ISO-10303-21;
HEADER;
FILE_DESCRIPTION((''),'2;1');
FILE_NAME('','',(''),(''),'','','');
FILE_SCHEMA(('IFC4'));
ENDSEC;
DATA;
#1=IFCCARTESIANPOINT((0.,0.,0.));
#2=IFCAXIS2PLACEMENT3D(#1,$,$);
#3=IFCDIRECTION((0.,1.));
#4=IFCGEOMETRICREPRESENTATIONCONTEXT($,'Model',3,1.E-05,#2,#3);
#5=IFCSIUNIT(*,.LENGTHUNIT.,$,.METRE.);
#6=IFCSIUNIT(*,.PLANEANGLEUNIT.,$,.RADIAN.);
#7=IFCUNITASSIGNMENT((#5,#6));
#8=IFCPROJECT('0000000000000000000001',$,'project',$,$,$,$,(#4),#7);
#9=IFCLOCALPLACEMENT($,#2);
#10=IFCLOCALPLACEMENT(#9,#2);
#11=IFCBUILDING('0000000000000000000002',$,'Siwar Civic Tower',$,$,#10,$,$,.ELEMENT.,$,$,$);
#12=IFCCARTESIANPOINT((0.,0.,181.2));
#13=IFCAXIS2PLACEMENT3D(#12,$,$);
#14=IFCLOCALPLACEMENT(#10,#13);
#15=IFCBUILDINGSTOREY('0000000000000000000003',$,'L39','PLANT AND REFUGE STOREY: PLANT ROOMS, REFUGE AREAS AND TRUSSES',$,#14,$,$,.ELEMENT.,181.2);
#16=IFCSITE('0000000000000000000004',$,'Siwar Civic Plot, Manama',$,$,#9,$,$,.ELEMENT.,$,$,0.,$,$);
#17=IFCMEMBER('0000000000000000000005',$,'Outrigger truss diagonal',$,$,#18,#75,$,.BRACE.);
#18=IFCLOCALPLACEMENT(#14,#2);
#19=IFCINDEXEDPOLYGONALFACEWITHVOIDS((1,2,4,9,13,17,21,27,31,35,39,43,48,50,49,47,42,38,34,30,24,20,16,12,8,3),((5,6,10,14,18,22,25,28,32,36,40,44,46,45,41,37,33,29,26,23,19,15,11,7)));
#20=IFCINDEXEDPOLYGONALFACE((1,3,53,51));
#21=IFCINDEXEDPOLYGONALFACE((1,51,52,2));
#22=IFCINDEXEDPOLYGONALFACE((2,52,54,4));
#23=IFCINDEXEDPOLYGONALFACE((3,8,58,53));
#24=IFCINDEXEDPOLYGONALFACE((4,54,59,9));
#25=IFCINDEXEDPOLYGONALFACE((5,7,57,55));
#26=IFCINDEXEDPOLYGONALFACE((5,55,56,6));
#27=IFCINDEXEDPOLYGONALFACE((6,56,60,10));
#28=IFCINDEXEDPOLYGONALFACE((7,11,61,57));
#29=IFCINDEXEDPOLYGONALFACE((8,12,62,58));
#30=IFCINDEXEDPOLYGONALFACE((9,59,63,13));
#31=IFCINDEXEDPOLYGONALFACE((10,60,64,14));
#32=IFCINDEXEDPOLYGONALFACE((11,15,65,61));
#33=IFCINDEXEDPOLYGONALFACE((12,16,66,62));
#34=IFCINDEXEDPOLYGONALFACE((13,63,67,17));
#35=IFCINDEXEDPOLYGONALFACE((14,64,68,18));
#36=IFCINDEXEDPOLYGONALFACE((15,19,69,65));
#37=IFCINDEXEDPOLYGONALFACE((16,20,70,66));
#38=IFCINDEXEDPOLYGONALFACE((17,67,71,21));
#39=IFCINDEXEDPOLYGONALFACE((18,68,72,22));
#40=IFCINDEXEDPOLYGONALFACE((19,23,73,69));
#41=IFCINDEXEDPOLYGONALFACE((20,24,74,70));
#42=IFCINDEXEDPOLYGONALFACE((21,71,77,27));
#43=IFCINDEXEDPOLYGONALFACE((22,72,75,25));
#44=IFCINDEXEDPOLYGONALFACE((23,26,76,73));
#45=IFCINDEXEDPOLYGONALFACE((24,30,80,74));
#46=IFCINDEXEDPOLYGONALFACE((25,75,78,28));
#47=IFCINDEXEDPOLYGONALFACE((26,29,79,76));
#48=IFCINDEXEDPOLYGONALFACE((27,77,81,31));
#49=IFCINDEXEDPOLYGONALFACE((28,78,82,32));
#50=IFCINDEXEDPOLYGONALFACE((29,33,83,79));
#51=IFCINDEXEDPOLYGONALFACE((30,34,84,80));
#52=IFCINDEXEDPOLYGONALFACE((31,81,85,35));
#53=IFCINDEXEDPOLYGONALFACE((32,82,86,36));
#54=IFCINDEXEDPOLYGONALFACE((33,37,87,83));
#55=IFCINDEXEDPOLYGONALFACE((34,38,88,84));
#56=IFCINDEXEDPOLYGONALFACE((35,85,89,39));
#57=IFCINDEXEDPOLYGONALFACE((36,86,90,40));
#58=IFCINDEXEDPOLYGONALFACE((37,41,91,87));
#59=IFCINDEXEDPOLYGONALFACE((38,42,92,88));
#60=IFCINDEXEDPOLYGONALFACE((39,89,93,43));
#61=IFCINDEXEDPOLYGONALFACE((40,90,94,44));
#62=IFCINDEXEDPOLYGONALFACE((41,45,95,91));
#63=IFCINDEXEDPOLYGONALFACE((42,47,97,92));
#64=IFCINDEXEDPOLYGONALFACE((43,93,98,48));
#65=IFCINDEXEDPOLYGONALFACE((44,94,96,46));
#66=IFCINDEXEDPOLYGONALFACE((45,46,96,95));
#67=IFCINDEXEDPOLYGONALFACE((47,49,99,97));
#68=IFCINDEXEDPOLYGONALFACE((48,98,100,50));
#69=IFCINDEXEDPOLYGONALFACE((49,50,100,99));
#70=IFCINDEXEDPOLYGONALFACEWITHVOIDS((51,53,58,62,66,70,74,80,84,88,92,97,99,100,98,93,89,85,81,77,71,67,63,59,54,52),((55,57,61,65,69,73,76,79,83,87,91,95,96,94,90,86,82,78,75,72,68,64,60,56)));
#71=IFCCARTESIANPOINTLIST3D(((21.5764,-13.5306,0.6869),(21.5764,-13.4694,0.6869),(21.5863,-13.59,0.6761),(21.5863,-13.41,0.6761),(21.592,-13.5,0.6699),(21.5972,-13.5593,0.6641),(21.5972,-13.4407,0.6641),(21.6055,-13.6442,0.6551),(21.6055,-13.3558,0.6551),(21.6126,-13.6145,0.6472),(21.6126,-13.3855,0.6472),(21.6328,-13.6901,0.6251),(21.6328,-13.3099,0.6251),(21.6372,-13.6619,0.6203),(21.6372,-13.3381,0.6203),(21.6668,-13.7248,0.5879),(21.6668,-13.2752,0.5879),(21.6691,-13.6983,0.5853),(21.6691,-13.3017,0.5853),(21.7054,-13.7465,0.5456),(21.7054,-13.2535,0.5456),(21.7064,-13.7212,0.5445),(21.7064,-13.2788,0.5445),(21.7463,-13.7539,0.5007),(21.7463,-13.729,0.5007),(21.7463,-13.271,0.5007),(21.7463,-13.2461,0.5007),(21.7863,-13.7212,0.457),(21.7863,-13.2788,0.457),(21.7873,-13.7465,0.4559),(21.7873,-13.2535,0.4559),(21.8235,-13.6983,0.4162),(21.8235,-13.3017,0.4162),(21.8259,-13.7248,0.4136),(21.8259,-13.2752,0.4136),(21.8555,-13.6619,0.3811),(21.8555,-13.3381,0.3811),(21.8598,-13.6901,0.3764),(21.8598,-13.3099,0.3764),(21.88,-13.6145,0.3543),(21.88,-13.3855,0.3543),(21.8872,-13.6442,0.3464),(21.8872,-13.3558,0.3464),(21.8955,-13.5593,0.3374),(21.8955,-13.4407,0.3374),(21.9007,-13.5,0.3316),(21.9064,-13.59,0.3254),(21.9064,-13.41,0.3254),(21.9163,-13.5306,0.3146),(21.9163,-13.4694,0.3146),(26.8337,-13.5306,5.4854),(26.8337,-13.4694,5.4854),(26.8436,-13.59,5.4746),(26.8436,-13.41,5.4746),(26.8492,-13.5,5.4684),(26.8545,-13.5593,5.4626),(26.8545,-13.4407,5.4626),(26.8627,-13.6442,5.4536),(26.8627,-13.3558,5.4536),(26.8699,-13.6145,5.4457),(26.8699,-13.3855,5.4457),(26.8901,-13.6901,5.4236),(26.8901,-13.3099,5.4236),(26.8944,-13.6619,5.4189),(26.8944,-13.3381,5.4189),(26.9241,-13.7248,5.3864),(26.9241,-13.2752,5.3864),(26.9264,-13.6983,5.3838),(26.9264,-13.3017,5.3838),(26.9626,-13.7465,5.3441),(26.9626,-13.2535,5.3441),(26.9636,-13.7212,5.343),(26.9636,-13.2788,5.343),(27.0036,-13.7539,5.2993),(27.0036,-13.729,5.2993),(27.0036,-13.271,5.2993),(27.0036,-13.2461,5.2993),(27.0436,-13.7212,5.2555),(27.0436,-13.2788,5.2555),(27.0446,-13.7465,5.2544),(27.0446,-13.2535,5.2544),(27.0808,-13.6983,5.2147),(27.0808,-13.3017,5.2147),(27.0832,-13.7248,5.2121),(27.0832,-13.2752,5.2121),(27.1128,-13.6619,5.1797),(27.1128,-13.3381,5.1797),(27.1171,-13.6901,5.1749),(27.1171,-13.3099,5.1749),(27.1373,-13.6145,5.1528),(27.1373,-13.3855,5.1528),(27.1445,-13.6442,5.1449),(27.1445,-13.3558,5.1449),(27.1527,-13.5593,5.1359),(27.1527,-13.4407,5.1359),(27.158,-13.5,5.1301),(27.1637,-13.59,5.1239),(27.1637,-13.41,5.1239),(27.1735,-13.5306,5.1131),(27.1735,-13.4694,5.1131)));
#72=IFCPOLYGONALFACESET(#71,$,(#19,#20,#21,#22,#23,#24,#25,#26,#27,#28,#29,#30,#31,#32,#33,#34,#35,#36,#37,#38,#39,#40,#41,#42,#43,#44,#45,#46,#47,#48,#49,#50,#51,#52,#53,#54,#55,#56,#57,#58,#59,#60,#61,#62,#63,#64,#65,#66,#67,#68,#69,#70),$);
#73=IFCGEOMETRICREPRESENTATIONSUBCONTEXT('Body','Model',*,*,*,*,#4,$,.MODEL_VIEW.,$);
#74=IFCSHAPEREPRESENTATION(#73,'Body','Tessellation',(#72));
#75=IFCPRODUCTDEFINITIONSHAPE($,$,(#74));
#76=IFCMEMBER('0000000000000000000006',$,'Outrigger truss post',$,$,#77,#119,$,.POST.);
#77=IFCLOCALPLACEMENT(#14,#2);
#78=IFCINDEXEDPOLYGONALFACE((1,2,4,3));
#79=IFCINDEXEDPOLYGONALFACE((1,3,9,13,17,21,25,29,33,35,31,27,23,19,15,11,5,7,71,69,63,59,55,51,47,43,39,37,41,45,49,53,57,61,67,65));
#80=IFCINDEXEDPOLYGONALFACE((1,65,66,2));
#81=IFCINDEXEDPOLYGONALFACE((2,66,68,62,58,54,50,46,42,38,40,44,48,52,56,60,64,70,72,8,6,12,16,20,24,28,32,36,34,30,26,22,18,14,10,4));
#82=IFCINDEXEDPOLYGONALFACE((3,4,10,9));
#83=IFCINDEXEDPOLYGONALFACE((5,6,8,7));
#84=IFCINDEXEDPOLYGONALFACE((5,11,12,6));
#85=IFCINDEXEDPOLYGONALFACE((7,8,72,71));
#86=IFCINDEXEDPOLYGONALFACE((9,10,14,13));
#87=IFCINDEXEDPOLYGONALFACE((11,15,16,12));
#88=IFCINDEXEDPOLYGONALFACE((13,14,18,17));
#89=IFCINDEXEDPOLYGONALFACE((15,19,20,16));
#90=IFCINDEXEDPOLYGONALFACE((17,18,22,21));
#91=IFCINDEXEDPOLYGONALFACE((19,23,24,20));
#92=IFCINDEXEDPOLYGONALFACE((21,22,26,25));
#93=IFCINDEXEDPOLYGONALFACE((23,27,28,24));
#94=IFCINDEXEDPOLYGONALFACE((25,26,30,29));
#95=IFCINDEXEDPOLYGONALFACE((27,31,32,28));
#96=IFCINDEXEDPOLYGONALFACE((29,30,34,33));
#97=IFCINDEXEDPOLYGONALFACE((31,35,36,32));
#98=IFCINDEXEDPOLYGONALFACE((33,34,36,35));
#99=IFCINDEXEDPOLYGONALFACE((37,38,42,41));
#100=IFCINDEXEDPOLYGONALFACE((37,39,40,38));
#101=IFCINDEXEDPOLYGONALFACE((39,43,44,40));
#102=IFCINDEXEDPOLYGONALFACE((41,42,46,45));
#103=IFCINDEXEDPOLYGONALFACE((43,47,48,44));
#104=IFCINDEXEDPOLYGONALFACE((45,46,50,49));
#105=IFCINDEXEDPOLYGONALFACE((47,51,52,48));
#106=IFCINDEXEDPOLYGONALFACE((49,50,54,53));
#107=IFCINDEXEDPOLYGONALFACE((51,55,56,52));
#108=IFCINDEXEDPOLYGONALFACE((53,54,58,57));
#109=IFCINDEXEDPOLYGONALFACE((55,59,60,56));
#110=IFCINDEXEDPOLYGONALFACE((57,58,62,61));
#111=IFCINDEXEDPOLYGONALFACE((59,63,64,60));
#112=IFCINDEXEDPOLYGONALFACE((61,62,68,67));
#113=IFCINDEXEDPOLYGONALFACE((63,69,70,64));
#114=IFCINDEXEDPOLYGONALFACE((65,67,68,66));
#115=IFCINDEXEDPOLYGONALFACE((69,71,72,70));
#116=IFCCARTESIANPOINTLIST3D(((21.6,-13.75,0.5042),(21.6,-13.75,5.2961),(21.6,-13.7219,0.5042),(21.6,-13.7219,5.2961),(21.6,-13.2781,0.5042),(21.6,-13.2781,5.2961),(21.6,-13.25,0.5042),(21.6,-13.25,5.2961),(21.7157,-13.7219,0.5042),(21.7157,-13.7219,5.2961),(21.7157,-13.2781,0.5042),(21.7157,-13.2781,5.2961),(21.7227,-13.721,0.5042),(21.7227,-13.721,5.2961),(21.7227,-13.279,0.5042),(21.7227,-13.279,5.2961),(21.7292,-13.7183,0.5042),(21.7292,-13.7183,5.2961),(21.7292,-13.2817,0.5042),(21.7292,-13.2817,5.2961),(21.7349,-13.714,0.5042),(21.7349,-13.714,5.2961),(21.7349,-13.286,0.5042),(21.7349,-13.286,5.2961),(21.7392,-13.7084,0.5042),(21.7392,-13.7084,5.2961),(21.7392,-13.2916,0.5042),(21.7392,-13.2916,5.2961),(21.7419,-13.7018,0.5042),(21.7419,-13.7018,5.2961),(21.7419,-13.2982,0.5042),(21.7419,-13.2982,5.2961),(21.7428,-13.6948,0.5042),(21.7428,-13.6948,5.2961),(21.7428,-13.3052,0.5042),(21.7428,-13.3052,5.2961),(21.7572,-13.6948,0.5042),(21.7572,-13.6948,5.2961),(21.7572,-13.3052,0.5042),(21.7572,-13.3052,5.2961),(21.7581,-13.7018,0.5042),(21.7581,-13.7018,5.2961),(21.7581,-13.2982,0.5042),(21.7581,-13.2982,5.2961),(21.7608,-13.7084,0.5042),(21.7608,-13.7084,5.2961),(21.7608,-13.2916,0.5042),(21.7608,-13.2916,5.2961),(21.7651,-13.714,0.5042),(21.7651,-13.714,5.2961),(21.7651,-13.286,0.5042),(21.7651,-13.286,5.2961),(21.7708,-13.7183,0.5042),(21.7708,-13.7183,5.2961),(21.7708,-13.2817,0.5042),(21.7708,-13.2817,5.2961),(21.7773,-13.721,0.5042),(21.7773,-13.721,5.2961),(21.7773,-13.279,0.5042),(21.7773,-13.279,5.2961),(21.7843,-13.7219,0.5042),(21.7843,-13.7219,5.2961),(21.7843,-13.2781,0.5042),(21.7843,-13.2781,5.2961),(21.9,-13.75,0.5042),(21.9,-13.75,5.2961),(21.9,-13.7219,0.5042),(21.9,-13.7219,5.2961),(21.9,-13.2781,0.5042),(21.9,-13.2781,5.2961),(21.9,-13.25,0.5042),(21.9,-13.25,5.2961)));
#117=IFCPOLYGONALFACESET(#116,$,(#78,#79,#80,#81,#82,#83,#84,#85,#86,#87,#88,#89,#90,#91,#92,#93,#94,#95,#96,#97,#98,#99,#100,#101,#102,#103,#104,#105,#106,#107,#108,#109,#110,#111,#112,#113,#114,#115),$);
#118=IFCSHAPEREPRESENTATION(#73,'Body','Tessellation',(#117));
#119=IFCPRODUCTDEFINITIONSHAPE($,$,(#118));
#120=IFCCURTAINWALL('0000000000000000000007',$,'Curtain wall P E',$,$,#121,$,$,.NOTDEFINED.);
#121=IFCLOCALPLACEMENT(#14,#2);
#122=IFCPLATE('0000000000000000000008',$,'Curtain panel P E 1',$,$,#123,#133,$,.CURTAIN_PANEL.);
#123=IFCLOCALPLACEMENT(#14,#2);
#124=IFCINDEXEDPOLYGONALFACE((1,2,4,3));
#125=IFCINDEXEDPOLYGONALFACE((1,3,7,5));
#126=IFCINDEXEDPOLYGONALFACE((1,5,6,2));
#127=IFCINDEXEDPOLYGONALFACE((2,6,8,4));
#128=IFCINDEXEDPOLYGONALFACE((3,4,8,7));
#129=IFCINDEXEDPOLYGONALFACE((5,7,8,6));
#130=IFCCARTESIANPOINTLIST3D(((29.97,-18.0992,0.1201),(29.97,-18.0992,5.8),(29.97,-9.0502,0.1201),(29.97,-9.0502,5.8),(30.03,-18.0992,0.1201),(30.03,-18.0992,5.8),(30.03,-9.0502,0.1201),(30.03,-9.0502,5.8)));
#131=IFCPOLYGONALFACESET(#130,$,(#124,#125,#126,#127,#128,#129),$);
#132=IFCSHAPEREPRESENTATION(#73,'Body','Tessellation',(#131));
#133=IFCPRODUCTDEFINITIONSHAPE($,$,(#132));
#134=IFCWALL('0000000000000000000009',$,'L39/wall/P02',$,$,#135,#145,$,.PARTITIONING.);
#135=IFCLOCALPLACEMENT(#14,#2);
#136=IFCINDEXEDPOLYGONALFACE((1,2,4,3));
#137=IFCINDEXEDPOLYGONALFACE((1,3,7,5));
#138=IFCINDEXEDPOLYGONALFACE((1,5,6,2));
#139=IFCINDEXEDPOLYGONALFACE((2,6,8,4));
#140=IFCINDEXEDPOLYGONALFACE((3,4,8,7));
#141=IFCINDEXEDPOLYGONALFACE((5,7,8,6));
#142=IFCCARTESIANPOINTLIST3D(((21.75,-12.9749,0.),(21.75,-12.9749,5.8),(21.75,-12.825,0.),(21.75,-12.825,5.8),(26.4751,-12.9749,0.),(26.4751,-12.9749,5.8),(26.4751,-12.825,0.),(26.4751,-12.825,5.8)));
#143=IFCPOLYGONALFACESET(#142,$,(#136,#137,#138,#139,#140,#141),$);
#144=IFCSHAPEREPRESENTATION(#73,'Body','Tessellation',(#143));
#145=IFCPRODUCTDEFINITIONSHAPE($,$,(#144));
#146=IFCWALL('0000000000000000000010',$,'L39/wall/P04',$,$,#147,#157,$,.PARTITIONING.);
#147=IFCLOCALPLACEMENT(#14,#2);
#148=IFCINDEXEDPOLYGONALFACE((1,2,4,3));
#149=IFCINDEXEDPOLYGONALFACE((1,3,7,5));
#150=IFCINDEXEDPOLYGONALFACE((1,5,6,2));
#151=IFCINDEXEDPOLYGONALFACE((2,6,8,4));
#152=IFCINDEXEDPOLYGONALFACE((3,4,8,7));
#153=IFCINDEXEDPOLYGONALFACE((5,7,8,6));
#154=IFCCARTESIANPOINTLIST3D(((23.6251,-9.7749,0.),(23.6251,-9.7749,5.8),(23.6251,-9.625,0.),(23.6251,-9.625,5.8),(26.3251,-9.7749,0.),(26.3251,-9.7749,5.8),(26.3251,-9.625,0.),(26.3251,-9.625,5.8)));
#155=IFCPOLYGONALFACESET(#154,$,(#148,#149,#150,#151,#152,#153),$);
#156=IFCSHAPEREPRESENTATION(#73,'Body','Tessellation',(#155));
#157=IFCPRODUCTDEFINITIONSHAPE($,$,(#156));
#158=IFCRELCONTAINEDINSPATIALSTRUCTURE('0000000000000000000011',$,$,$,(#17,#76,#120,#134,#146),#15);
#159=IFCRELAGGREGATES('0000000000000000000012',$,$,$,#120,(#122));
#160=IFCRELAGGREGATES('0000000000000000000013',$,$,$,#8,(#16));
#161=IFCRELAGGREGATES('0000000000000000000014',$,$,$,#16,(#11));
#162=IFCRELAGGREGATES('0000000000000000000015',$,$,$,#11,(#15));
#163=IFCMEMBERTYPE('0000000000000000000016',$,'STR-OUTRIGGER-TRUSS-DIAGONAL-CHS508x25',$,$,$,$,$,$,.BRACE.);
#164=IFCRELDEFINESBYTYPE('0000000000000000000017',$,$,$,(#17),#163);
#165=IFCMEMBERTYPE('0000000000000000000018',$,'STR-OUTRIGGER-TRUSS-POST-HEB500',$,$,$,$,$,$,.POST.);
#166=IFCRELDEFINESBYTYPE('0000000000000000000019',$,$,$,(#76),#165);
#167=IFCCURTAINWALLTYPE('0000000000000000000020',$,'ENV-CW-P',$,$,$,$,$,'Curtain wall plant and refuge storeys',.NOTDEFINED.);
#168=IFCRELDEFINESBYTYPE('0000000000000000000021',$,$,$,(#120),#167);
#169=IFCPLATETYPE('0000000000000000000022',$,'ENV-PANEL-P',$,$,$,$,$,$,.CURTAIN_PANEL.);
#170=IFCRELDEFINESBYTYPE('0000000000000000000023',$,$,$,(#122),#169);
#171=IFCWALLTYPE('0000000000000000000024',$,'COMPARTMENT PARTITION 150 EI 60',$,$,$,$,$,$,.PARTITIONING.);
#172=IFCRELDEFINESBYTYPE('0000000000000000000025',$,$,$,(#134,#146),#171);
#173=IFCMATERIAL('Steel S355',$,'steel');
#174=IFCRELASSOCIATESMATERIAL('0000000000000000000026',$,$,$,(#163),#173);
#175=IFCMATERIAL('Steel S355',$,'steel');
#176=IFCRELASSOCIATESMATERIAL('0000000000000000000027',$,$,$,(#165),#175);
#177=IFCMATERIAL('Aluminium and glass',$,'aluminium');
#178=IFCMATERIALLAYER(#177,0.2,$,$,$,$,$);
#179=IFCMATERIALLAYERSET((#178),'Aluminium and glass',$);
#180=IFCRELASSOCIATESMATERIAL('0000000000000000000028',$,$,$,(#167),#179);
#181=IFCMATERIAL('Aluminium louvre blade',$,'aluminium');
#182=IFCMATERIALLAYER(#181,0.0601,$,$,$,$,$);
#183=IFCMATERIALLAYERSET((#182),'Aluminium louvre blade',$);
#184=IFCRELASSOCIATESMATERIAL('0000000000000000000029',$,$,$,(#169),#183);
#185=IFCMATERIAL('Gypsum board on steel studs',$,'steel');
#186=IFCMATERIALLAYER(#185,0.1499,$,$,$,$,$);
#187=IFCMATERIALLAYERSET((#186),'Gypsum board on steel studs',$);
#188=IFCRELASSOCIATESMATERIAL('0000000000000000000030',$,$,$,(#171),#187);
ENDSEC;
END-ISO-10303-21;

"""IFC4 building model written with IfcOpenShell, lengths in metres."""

from ifc_helpers import new_model, si_unit, direction, frame, frame_2d, origin, origin_2d, place, context, subcontext, project, spatial, rectangle, hollow_circle, i_section, extrude, material, layer, layer_set, material_profile, profile_set, type_object, element, aggregate, save


model = new_model("IFC4")

# Units and contexts
model_context = context("Model", 3, precision=1e-05, world=origin(), true_north=direction((0.0, 1.0)))
body_context = subcontext(model_context, "Body", "Model", "MODEL_VIEW")
ifc_project = project(units=[si_unit("LENGTHUNIT", "METRE"), si_unit("PLANEANGLEUNIT", "RADIAN")], contexts=[model_context])

# Site, building, storey
site_placement = place(None, origin())
site = spatial("IfcSite", under=ifc_project, at=site_placement, Name="Siwar Civic Plot, Manama", CompositionType="ELEMENT", RefElevation=0.0)
building_placement = place(site_placement, origin())
building = spatial("IfcBuilding", under=site, at=building_placement, Name="Siwar Civic Tower", CompositionType="ELEMENT")
storey_placement = place(building_placement, frame((0.0, 0.0, 181.2)))
storey = spatial("IfcBuildingStorey", under=building, at=storey_placement, Name="L39", Description="PLANT AND REFUGE STOREY: PLANT ROOMS, REFUGE AREAS AND TRUSSES", CompositionType="ELEMENT", Elevation=181.2)

# Members
ifc_material_1 = material(Name="Steel S355", Category="steel")
ifc_material_profile_1 = material_profile(ifc_material_1, hollow_circle(Radius=0.2539, WallThickness=0.0249, at=origin_2d()), Name="CHS508x25")
ifc_profile_set_1 = profile_set([ifc_material_profile_1], Name="Steel S355")
member_type_1 = type_object("IfcMemberType", Name="STR-OUTRIGGER-TRUSS-DIAGONAL-CHS508x25", PredefinedType="BRACE", material=ifc_profile_set_1)
member_1_placement = place(storey_placement, frame((21.7463, -13.5, 0.5007), z_axis=(0.738596, 0.0, 0.674148), x_axis=(0.0, 1.0, 0.0)))
element("IfcMember", 1, at=member_1_placement, inside=storey, type_object=member_type_1, Name="Outrigger truss diagonal", PredefinedType="BRACE", context=body_context, shape_type="SweptSolid", body=[
    extrude(hollow_circle(Radius=0.2539, WallThickness=0.0249, at=origin_2d()), origin(), (0.0, 0.0, 1.0), 7.1179),
])
ifc_material_2 = material(Name="Steel S355", Category="steel")
ifc_material_profile_2 = material_profile(ifc_material_2, i_section(OverallWidth=0.3, OverallDepth=0.5, WebThickness=0.0144, FlangeThickness=0.0281, FilletRadius=0.0271, at=origin_2d()), Name="HEB500")
ifc_profile_set_2 = profile_set([ifc_material_profile_2], Name="Steel S355")
member_type_2 = type_object("IfcMemberType", Name="STR-OUTRIGGER-TRUSS-POST-HEB500", PredefinedType="POST", material=ifc_profile_set_2)
member_2_placement = place(storey_placement, frame((21.75, -13.5, 0.5042), z_axis=(0.0, 0.0, 1.0), x_axis=(1.0, 0.0, 0.0)))
element("IfcMember", 2, at=member_2_placement, inside=storey, type_object=member_type_2, Name="Outrigger truss post", PredefinedType="POST", context=body_context, shape_type="SweptSolid", body=[
    extrude(i_section(OverallWidth=0.3, OverallDepth=0.5, WebThickness=0.0144, FlangeThickness=0.0281, FilletRadius=0.0271, at=origin_2d()), origin(), (0.0, 0.0, 1.0), 4.792),
])

# Curtain wall, plate
ifc_material_3 = material(Name="Aluminium and glass", Category="aluminium")
ifc_layer_1 = layer(ifc_material_3, 0.2)
ifc_layer_set_1 = layer_set([ifc_layer_1], Name="Aluminium and glass")
curtain_wall_type = type_object("IfcCurtainWallType", Name="ENV-CW-P", ElementType="Curtain wall plant and refuge storeys", PredefinedType="NOTDEFINED", material=ifc_layer_set_1)
curtain_wall_placement = place(storey_placement, origin())
curtain_wall = element("IfcCurtainWall", 3, at=curtain_wall_placement, inside=storey, type_object=curtain_wall_type, Name="Curtain wall P E", PredefinedType="NOTDEFINED")
ifc_material_4 = material(Name="Aluminium louvre blade", Category="aluminium")
ifc_layer_2 = layer(ifc_material_4, 0.0601)
ifc_layer_set_2 = layer_set([ifc_layer_2], Name="Aluminium louvre blade")
plate_type = type_object("IfcPlateType", Name="ENV-PANEL-P", PredefinedType="CURTAIN_PANEL", material=ifc_layer_set_2)
plate_placement = place(storey_placement, frame((30.0, -13.5747, 0.1201), z_axis=(0.0, 0.0, 1.0), x_axis=(0.0, 1.0, 0.0)))
plate = element("IfcPlate", 4, at=plate_placement, type_object=plate_type, Name="Curtain panel P E 1", PredefinedType="CURTAIN_PANEL", context=body_context, shape_type="SweptSolid", body=[
    extrude(rectangle(XDim=9.0491, YDim=0.0601, at=origin_2d()), origin(), (0.0, 0.0, 1.0), 5.6799),
])
aggregate(curtain_wall, [plate])

# Walls
ifc_material_5 = material(Name="Gypsum board on steel studs", Category="steel")
ifc_layer_3 = layer(ifc_material_5, 0.1499)
ifc_layer_set_3 = layer_set([ifc_layer_3], Name="Gypsum board on steel studs")
wall_type_1 = type_object("IfcWallType", Name="COMPARTMENT PARTITION 150 EI 60", PredefinedType="PARTITIONING", material=ifc_layer_set_3)
wall_1_placement = place(storey_placement, frame((21.75, -12.8999, 0.0), z_axis=(0.0, 0.0, 1.0), x_axis=(1.0, 0.0, 0.0)))
element("IfcWall", 5, at=wall_1_placement, inside=storey, type_object=wall_type_1, Name="L39/wall/P02", PredefinedType="PARTITIONING", context=body_context, shape_type="SweptSolid", body=[
    extrude(rectangle(XDim=4.7251, YDim=0.1499, at=frame_2d((2.3625, 0.0))), origin(), (0.0, 0.0, 1.0), 5.8),
])
wall_2_placement = place(storey_placement, frame((23.625, -9.7, 0.0), z_axis=(0.0, 0.0, 1.0), x_axis=(1.0, 0.0, 0.0)))
element("IfcWall", 6, at=wall_2_placement, inside=storey, type_object=wall_type_1, Name="L39/wall/P04", PredefinedType="PARTITIONING", context=body_context, shape_type="SweptSolid", body=[
    extrude(rectangle(XDim=2.7, YDim=0.1499, at=frame_2d((1.3501, 0.0))), origin(), (0.0, 0.0, 1.0), 5.8),
])

save(model, "model.ifc")
